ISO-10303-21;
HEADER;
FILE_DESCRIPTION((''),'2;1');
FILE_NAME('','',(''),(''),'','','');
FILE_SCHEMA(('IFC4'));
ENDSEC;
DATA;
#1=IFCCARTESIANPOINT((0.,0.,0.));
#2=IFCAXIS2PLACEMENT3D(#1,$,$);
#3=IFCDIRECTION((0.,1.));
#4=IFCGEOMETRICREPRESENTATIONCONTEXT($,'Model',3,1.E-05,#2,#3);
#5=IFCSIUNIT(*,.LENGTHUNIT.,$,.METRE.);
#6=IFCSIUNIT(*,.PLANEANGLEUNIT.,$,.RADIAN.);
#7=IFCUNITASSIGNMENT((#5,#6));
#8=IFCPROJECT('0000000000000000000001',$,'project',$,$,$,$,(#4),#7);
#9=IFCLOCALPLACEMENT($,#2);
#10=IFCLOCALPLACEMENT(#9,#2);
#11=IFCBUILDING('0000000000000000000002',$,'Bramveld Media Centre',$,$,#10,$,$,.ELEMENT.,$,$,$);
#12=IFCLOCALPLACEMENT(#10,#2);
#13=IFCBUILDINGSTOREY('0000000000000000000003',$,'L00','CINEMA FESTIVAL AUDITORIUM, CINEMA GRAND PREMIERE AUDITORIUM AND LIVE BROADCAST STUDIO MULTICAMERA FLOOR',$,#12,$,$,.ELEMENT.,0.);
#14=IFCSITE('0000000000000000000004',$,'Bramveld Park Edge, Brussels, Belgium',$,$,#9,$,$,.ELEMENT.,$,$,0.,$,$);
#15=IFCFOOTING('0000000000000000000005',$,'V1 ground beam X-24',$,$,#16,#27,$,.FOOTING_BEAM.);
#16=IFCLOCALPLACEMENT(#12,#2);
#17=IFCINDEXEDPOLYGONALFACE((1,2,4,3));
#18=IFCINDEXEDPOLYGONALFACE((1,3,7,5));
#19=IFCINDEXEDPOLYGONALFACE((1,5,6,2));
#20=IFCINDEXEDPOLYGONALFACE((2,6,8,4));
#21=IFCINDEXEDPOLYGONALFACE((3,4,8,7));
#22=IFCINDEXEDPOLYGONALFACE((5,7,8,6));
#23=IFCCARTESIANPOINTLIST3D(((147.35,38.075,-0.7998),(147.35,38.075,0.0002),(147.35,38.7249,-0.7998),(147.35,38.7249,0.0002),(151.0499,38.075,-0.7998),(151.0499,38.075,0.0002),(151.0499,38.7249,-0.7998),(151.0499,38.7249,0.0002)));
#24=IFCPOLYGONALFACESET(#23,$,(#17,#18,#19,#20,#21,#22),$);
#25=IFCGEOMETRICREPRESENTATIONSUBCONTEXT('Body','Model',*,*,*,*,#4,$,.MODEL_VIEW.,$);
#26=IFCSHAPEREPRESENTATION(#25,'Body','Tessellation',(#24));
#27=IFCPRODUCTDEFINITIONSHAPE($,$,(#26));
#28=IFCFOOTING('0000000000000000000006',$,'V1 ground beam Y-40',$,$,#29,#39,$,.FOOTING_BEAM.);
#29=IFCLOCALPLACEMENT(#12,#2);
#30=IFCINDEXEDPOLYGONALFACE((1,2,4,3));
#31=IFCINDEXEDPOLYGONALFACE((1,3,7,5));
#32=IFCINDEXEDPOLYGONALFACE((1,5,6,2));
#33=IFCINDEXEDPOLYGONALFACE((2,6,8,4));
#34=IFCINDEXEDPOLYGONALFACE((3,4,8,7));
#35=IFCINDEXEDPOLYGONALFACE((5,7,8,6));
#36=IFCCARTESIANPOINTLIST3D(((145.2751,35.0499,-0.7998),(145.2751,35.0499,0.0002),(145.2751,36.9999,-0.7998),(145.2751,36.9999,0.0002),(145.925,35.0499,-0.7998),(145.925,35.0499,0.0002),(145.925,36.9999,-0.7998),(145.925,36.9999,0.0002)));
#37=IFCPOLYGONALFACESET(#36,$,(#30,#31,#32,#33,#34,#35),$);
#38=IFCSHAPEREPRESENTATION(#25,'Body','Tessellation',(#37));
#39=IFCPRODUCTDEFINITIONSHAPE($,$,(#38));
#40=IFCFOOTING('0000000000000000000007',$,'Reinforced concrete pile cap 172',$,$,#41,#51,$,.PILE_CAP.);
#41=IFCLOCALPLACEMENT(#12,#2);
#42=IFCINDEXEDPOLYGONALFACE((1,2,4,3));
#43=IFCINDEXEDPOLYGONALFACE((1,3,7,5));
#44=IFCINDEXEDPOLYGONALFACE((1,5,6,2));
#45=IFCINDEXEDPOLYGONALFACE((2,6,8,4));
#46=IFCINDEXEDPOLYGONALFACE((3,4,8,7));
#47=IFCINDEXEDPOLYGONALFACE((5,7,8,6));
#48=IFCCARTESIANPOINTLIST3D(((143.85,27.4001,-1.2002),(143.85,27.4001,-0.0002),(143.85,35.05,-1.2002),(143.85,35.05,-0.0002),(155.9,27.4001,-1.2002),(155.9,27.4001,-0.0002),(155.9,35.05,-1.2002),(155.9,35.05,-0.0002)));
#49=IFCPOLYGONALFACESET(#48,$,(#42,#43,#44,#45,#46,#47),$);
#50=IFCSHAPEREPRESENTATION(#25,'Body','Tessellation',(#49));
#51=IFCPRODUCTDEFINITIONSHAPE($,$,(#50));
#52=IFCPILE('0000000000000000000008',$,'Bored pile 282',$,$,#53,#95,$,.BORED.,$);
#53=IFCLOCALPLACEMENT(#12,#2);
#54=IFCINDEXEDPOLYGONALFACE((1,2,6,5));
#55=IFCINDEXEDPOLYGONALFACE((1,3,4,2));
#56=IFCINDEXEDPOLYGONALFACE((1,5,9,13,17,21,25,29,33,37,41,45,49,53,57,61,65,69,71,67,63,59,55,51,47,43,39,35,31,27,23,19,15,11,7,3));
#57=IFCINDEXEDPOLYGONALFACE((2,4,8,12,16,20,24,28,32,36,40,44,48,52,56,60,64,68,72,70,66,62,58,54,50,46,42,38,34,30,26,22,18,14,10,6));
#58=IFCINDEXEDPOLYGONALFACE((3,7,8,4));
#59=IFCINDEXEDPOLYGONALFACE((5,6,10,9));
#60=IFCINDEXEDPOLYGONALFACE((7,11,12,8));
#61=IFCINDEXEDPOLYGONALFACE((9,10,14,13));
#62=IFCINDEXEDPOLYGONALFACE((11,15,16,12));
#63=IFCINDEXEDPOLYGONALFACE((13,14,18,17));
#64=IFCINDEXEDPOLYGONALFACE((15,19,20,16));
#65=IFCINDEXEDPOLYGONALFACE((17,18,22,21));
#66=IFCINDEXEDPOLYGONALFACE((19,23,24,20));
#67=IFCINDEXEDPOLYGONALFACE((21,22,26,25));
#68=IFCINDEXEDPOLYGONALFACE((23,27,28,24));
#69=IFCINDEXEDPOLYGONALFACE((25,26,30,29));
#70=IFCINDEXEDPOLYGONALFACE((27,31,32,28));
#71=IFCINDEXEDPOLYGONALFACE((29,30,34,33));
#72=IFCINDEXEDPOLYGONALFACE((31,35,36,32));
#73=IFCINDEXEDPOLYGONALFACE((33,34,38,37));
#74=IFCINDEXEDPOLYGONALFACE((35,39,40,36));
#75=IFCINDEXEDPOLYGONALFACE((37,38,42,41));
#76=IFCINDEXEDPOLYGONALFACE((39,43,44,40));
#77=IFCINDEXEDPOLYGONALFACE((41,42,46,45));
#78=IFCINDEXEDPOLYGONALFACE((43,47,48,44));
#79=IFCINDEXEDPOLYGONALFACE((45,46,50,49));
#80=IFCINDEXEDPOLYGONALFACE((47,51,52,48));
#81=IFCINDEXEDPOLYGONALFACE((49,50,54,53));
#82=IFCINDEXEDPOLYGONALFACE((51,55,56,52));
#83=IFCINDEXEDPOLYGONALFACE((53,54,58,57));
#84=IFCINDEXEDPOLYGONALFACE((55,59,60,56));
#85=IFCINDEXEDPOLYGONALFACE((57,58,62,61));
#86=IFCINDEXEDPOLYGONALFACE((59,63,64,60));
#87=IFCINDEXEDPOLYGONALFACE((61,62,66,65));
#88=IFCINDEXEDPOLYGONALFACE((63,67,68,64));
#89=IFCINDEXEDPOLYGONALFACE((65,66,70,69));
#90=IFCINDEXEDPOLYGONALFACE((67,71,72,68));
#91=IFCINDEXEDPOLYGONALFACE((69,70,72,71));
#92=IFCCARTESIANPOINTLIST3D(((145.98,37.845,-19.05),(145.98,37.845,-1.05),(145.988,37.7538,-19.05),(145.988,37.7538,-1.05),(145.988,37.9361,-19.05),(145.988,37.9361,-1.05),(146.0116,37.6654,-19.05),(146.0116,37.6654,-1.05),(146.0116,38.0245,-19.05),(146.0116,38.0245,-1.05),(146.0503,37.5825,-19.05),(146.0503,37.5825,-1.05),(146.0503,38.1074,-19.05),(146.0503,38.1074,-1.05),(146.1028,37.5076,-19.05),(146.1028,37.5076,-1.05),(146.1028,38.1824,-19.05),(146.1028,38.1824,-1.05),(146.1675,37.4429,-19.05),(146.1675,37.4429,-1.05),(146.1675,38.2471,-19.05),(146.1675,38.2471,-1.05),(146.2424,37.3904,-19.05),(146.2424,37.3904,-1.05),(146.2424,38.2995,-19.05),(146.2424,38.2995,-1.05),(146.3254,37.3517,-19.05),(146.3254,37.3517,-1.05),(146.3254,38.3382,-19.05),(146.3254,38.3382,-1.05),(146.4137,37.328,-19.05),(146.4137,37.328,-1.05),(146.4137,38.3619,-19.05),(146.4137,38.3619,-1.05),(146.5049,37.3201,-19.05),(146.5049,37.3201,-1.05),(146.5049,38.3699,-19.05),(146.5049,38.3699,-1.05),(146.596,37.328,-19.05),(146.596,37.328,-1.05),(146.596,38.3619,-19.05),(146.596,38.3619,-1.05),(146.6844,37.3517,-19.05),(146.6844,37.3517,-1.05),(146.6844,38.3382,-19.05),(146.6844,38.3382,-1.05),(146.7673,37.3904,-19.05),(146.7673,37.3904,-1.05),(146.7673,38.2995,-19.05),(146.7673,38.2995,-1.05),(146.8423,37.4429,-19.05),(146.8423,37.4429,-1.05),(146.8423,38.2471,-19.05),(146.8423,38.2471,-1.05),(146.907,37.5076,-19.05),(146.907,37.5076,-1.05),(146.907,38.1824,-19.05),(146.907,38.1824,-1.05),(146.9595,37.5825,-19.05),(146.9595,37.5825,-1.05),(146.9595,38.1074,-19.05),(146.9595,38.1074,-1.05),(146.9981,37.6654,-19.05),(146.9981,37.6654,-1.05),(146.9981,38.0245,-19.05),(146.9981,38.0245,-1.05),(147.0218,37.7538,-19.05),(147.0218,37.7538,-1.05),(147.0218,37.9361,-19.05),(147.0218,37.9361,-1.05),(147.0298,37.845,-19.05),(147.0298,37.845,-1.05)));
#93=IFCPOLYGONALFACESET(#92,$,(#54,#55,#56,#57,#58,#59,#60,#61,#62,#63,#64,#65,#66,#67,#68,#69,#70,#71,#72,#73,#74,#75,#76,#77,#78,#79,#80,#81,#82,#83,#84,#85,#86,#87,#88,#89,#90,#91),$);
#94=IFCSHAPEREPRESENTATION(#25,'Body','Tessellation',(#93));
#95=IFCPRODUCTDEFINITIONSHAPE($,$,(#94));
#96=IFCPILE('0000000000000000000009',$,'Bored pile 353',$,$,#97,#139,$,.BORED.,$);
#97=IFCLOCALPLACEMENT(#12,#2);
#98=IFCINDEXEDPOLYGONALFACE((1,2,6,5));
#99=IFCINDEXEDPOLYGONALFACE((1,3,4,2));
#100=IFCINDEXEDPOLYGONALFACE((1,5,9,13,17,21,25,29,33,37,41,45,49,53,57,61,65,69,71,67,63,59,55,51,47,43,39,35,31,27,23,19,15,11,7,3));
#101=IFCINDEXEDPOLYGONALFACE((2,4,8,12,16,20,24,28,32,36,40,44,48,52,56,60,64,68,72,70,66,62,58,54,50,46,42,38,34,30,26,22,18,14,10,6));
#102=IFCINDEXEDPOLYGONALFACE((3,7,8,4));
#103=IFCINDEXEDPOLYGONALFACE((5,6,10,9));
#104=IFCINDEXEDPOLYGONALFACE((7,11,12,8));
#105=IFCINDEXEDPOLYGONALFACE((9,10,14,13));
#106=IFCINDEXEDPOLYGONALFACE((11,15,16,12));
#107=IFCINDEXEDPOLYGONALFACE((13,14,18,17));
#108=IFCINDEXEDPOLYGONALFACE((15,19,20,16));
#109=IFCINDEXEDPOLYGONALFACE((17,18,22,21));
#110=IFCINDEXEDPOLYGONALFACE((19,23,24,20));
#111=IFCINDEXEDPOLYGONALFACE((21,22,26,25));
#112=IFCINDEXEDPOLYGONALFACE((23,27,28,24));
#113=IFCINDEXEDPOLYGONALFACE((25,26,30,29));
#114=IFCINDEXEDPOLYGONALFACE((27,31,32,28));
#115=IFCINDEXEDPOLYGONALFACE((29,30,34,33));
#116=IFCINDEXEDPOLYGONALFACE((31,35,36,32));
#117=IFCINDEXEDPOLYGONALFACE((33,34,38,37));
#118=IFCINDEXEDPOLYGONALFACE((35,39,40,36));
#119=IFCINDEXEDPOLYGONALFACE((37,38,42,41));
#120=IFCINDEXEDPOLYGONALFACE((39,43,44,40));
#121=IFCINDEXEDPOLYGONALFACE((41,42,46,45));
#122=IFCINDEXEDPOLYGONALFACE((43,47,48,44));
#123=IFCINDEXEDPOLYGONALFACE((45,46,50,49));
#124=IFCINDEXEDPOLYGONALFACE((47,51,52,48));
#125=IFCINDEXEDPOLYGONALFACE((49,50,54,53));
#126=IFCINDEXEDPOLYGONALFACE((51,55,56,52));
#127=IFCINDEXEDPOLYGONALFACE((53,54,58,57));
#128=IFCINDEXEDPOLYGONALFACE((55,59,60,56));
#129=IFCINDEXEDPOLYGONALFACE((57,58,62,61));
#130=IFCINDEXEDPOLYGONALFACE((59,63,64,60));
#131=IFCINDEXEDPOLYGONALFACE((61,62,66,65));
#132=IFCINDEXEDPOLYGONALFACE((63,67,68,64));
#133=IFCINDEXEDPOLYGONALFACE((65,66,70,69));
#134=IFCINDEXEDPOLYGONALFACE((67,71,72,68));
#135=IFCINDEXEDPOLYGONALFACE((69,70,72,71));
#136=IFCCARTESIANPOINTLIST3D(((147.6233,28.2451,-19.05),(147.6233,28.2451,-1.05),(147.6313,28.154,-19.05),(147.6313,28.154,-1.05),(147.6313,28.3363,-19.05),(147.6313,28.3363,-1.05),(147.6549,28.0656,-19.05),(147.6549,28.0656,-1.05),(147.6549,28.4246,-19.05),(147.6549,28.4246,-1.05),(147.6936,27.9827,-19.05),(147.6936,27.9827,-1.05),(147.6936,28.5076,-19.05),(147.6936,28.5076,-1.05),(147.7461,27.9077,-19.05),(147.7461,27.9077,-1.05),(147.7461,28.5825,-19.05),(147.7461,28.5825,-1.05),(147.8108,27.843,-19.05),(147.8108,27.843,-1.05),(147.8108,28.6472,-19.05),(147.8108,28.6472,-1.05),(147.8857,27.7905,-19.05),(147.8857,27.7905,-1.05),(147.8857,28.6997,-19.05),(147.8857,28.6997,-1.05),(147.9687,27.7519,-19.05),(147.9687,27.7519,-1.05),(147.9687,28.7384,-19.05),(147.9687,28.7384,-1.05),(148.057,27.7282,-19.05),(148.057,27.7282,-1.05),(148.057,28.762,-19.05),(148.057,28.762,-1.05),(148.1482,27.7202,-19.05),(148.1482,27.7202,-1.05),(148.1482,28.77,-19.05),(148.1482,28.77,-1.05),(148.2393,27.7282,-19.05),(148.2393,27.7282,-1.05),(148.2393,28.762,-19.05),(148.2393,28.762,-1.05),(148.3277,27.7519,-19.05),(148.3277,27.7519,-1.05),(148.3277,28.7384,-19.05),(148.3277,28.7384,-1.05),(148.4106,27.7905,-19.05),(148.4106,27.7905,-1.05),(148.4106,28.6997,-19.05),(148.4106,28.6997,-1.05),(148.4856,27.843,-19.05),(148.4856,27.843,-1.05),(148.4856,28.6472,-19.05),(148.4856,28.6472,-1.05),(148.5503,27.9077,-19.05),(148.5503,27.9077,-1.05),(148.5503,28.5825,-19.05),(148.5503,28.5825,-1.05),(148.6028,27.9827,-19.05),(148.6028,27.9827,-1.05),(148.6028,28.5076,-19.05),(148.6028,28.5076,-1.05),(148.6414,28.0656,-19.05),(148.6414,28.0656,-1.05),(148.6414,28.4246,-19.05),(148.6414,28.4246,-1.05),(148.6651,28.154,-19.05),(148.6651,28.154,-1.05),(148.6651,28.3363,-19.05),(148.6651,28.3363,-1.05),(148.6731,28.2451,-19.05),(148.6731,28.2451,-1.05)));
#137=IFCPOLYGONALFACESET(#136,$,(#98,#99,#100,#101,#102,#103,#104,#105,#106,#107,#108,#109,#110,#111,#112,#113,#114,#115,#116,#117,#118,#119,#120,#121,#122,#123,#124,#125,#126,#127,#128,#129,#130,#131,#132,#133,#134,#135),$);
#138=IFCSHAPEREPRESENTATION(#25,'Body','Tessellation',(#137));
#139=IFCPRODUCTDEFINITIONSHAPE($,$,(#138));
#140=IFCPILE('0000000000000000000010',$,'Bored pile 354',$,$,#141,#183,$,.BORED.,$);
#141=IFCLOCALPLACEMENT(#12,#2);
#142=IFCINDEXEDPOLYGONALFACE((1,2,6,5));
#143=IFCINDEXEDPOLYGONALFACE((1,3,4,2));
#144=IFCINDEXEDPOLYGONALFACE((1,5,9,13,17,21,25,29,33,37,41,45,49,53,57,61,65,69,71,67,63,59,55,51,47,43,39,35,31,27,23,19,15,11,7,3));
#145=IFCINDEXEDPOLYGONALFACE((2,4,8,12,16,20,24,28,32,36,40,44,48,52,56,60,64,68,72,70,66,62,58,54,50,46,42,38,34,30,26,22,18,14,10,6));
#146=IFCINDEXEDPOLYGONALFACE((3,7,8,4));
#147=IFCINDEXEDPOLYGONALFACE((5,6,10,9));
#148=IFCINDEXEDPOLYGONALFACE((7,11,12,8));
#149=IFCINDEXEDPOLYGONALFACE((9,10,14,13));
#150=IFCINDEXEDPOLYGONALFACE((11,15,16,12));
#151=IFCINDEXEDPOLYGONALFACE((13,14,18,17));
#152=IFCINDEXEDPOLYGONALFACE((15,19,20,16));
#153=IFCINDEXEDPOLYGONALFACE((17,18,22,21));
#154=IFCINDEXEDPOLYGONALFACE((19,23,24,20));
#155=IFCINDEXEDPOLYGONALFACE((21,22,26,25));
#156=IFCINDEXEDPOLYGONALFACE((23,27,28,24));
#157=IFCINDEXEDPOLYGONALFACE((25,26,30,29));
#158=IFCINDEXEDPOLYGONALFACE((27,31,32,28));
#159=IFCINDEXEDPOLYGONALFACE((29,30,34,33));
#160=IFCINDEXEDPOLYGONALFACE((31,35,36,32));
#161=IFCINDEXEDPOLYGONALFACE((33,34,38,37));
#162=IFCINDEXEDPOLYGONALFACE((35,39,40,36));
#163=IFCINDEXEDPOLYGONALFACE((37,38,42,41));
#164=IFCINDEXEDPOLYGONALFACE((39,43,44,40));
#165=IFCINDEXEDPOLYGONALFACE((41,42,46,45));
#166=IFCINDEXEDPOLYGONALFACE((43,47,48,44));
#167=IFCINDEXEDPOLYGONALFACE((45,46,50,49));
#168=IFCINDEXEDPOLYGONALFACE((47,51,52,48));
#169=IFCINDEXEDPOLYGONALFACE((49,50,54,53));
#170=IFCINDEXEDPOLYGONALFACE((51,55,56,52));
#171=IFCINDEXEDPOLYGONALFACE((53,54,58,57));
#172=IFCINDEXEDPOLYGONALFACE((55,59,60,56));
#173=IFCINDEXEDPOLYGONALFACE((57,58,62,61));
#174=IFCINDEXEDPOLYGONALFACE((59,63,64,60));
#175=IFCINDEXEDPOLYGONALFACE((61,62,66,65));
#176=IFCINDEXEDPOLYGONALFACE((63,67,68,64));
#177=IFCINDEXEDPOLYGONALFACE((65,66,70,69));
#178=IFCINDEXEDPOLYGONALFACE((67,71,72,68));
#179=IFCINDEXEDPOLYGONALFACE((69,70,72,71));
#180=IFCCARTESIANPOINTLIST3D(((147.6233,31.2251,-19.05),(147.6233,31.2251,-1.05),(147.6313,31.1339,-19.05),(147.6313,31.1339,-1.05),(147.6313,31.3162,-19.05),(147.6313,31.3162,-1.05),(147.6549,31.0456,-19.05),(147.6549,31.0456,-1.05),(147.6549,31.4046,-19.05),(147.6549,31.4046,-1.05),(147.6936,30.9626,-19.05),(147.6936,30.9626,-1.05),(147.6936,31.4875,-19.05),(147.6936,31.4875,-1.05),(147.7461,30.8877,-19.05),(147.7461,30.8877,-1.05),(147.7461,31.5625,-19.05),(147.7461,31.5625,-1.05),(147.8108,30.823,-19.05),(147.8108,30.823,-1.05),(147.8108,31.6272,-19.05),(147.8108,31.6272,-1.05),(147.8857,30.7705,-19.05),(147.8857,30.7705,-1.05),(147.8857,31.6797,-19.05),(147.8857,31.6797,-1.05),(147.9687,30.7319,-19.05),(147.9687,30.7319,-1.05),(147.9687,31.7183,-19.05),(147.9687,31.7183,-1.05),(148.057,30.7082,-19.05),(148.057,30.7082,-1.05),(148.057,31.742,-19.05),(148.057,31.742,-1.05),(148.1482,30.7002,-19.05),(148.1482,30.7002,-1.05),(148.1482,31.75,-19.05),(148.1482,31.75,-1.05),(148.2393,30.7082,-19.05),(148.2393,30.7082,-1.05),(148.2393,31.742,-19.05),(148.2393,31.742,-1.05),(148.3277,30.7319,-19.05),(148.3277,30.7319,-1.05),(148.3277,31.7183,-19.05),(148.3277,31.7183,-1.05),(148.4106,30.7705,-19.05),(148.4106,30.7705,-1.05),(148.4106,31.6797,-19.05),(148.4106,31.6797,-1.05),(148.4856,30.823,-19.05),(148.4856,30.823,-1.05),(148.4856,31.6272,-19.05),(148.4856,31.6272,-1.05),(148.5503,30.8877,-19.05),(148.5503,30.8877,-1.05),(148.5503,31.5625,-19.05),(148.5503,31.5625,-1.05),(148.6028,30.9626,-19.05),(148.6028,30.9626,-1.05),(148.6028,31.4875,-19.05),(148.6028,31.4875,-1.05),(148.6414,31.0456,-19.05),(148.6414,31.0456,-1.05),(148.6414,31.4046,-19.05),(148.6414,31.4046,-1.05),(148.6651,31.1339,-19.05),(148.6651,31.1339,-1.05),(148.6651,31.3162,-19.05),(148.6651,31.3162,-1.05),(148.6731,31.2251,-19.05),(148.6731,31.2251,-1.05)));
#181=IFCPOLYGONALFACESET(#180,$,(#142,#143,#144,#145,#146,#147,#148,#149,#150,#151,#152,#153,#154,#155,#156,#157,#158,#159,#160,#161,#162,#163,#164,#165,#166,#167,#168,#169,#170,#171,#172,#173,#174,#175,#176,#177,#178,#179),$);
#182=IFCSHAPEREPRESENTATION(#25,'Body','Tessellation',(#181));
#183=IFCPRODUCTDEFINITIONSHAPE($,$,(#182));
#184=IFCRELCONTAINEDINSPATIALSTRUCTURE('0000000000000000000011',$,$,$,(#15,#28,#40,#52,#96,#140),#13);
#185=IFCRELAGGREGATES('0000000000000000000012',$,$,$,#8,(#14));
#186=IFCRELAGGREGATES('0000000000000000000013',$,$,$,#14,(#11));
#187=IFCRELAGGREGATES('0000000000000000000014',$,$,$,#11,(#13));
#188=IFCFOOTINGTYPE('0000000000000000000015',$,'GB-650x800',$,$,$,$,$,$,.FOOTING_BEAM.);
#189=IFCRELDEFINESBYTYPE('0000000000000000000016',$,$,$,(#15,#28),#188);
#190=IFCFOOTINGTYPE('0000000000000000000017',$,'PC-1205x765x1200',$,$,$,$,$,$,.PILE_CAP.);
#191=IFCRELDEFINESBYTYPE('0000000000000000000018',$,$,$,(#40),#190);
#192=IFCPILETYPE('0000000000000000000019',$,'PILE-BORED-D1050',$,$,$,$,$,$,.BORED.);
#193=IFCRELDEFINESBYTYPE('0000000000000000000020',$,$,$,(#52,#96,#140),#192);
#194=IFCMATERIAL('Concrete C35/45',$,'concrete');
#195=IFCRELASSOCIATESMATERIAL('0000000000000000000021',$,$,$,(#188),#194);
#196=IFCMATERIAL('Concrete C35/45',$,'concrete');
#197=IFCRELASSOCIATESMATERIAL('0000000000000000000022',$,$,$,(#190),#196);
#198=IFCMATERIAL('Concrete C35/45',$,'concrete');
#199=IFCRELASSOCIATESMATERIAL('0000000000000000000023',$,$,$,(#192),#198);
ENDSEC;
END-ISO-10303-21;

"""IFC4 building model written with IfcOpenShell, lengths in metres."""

from ifc_helpers import new_model, si_unit, direction, frame, origin, origin_2d, place, context, subcontext, project, spatial, rectangle, circle, extrude, material, material_profile, profile_set, type_object, element, save


model = new_model("IFC4")

# Units and contexts
model_context = context("Model", 3, precision=1e-05, world=origin(), true_north=direction((0.0, 1.0)))
body_context = subcontext(model_context, "Body", "Model", "MODEL_VIEW")
ifc_project = project(units=[si_unit("LENGTHUNIT", "METRE"), si_unit("PLANEANGLEUNIT", "RADIAN")], contexts=[model_context])

# Site, building, storey
site_placement = place(None, origin())
site = spatial("IfcSite", under=ifc_project, at=site_placement, Name="Bramveld Park Edge, Brussels, Belgium", CompositionType="ELEMENT", RefElevation=0.0)
building_placement = place(site_placement, origin())
building = spatial("IfcBuilding", under=site, at=building_placement, Name="Bramveld Media Centre", CompositionType="ELEMENT")
storey_placement = place(building_placement, origin())
storey = spatial("IfcBuildingStorey", under=building, at=storey_placement, Name="L00", Description="CINEMA FESTIVAL AUDITORIUM, CINEMA GRAND PREMIERE AUDITORIUM AND LIVE BROADCAST STUDIO MULTICAMERA FLOOR", CompositionType="ELEMENT", Elevation=0.0)

# Footings
ifc_material_1 = material(Name="Concrete C35/45", Category="concrete")
footing_type_1 = type_object("IfcFootingType", Name="GB-650x800", PredefinedType="FOOTING_BEAM", material=ifc_material_1)
footing_1_placement = place(storey_placement, frame((149.2, 38.3999, -0.7998), z_axis=(0.0, 0.0, 1.0), x_axis=(1.0, 0.0, 0.0)))
element("IfcFooting", 1, at=footing_1_placement, inside=storey, type_object=footing_type_1, Name="V1 ground beam X-24", PredefinedType="FOOTING_BEAM", context=body_context, shape_type="SweptSolid", body=[
    extrude(rectangle(XDim=3.7, YDim=0.6499, at=origin_2d()), origin(), (0.0, 0.0, 1.0), 0.8),
])
footing_2_placement = place(storey_placement, frame((145.6001, 36.0249, -0.7998), z_axis=(0.0, 0.0, 1.0), x_axis=(1.0, 0.0, 0.0)))
element("IfcFooting", 2, at=footing_2_placement, inside=storey, type_object=footing_type_1, Name="V1 ground beam Y-40", PredefinedType="FOOTING_BEAM", context=body_context, shape_type="SweptSolid", body=[
    extrude(rectangle(XDim=0.6499, YDim=1.95, at=origin_2d()), origin(), (0.0, 0.0, 1.0), 0.8),
])
ifc_material_2 = material(Name="Concrete C35/45", Category="concrete")
footing_type_2 = type_object("IfcFootingType", Name="PC-1205x765x1200", PredefinedType="PILE_CAP", material=ifc_material_2)
footing_3_placement = place(storey_placement, frame((149.875, 31.2251, -1.2002), z_axis=(0.0, 0.0, 1.0), x_axis=(1.0, 0.0, 0.0)))
element("IfcFooting", 3, at=footing_3_placement, inside=storey, type_object=footing_type_2, Name="Reinforced concrete pile cap 172", PredefinedType="PILE_CAP", context=body_context, shape_type="SweptSolid", body=[
    extrude(rectangle(XDim=12.05, YDim=7.6499, at=origin_2d()), origin(), (0.0, 0.0, 1.0), 1.2),
])

# Piles
ifc_material_3 = material(Name="Concrete C35/45", Category="concrete")
ifc_material_profile_1 = material_profile(ifc_material_3, circle(Radius=0.5249, at=origin_2d()), Name="BORED D1050")
ifc_profile_set_1 = profile_set([ifc_material_profile_1], Name="Concrete C35/45")
pile_type = type_object("IfcPileType", Name="PILE-BORED-D1050", PredefinedType="BORED", material=ifc_profile_set_1)
for number, where, z_axis, x_axis, name in (
    (4, (146.5049, 37.845, -1.05), (0.0, 0.0, -1.0), (1.0, 0.0, 0.0), "Bored pile 282"),
    (5, (148.1482, 28.2451, -1.05), (0.0, 0.0, -1.0), (1.0, 0.0, 0.0), "Bored pile 353"),
    (6, (148.1482, 31.2251, -1.05), (0.0, 0.0, -1.0), (1.0, 0.0, 0.0), "Bored pile 354"),
):
    element("IfcPile", number, at=place(storey_placement, frame(where, z_axis=z_axis, x_axis=x_axis)), inside=storey, type_object=pile_type, Name=name, PredefinedType="BORED", context=body_context, shape_type="SweptSolid", body=[
        extrude(circle(Radius=0.5249, at=origin_2d()), origin(), (0.0, 0.0, 1.0), 18.0),
    ])

save(model, "model.ifc")
